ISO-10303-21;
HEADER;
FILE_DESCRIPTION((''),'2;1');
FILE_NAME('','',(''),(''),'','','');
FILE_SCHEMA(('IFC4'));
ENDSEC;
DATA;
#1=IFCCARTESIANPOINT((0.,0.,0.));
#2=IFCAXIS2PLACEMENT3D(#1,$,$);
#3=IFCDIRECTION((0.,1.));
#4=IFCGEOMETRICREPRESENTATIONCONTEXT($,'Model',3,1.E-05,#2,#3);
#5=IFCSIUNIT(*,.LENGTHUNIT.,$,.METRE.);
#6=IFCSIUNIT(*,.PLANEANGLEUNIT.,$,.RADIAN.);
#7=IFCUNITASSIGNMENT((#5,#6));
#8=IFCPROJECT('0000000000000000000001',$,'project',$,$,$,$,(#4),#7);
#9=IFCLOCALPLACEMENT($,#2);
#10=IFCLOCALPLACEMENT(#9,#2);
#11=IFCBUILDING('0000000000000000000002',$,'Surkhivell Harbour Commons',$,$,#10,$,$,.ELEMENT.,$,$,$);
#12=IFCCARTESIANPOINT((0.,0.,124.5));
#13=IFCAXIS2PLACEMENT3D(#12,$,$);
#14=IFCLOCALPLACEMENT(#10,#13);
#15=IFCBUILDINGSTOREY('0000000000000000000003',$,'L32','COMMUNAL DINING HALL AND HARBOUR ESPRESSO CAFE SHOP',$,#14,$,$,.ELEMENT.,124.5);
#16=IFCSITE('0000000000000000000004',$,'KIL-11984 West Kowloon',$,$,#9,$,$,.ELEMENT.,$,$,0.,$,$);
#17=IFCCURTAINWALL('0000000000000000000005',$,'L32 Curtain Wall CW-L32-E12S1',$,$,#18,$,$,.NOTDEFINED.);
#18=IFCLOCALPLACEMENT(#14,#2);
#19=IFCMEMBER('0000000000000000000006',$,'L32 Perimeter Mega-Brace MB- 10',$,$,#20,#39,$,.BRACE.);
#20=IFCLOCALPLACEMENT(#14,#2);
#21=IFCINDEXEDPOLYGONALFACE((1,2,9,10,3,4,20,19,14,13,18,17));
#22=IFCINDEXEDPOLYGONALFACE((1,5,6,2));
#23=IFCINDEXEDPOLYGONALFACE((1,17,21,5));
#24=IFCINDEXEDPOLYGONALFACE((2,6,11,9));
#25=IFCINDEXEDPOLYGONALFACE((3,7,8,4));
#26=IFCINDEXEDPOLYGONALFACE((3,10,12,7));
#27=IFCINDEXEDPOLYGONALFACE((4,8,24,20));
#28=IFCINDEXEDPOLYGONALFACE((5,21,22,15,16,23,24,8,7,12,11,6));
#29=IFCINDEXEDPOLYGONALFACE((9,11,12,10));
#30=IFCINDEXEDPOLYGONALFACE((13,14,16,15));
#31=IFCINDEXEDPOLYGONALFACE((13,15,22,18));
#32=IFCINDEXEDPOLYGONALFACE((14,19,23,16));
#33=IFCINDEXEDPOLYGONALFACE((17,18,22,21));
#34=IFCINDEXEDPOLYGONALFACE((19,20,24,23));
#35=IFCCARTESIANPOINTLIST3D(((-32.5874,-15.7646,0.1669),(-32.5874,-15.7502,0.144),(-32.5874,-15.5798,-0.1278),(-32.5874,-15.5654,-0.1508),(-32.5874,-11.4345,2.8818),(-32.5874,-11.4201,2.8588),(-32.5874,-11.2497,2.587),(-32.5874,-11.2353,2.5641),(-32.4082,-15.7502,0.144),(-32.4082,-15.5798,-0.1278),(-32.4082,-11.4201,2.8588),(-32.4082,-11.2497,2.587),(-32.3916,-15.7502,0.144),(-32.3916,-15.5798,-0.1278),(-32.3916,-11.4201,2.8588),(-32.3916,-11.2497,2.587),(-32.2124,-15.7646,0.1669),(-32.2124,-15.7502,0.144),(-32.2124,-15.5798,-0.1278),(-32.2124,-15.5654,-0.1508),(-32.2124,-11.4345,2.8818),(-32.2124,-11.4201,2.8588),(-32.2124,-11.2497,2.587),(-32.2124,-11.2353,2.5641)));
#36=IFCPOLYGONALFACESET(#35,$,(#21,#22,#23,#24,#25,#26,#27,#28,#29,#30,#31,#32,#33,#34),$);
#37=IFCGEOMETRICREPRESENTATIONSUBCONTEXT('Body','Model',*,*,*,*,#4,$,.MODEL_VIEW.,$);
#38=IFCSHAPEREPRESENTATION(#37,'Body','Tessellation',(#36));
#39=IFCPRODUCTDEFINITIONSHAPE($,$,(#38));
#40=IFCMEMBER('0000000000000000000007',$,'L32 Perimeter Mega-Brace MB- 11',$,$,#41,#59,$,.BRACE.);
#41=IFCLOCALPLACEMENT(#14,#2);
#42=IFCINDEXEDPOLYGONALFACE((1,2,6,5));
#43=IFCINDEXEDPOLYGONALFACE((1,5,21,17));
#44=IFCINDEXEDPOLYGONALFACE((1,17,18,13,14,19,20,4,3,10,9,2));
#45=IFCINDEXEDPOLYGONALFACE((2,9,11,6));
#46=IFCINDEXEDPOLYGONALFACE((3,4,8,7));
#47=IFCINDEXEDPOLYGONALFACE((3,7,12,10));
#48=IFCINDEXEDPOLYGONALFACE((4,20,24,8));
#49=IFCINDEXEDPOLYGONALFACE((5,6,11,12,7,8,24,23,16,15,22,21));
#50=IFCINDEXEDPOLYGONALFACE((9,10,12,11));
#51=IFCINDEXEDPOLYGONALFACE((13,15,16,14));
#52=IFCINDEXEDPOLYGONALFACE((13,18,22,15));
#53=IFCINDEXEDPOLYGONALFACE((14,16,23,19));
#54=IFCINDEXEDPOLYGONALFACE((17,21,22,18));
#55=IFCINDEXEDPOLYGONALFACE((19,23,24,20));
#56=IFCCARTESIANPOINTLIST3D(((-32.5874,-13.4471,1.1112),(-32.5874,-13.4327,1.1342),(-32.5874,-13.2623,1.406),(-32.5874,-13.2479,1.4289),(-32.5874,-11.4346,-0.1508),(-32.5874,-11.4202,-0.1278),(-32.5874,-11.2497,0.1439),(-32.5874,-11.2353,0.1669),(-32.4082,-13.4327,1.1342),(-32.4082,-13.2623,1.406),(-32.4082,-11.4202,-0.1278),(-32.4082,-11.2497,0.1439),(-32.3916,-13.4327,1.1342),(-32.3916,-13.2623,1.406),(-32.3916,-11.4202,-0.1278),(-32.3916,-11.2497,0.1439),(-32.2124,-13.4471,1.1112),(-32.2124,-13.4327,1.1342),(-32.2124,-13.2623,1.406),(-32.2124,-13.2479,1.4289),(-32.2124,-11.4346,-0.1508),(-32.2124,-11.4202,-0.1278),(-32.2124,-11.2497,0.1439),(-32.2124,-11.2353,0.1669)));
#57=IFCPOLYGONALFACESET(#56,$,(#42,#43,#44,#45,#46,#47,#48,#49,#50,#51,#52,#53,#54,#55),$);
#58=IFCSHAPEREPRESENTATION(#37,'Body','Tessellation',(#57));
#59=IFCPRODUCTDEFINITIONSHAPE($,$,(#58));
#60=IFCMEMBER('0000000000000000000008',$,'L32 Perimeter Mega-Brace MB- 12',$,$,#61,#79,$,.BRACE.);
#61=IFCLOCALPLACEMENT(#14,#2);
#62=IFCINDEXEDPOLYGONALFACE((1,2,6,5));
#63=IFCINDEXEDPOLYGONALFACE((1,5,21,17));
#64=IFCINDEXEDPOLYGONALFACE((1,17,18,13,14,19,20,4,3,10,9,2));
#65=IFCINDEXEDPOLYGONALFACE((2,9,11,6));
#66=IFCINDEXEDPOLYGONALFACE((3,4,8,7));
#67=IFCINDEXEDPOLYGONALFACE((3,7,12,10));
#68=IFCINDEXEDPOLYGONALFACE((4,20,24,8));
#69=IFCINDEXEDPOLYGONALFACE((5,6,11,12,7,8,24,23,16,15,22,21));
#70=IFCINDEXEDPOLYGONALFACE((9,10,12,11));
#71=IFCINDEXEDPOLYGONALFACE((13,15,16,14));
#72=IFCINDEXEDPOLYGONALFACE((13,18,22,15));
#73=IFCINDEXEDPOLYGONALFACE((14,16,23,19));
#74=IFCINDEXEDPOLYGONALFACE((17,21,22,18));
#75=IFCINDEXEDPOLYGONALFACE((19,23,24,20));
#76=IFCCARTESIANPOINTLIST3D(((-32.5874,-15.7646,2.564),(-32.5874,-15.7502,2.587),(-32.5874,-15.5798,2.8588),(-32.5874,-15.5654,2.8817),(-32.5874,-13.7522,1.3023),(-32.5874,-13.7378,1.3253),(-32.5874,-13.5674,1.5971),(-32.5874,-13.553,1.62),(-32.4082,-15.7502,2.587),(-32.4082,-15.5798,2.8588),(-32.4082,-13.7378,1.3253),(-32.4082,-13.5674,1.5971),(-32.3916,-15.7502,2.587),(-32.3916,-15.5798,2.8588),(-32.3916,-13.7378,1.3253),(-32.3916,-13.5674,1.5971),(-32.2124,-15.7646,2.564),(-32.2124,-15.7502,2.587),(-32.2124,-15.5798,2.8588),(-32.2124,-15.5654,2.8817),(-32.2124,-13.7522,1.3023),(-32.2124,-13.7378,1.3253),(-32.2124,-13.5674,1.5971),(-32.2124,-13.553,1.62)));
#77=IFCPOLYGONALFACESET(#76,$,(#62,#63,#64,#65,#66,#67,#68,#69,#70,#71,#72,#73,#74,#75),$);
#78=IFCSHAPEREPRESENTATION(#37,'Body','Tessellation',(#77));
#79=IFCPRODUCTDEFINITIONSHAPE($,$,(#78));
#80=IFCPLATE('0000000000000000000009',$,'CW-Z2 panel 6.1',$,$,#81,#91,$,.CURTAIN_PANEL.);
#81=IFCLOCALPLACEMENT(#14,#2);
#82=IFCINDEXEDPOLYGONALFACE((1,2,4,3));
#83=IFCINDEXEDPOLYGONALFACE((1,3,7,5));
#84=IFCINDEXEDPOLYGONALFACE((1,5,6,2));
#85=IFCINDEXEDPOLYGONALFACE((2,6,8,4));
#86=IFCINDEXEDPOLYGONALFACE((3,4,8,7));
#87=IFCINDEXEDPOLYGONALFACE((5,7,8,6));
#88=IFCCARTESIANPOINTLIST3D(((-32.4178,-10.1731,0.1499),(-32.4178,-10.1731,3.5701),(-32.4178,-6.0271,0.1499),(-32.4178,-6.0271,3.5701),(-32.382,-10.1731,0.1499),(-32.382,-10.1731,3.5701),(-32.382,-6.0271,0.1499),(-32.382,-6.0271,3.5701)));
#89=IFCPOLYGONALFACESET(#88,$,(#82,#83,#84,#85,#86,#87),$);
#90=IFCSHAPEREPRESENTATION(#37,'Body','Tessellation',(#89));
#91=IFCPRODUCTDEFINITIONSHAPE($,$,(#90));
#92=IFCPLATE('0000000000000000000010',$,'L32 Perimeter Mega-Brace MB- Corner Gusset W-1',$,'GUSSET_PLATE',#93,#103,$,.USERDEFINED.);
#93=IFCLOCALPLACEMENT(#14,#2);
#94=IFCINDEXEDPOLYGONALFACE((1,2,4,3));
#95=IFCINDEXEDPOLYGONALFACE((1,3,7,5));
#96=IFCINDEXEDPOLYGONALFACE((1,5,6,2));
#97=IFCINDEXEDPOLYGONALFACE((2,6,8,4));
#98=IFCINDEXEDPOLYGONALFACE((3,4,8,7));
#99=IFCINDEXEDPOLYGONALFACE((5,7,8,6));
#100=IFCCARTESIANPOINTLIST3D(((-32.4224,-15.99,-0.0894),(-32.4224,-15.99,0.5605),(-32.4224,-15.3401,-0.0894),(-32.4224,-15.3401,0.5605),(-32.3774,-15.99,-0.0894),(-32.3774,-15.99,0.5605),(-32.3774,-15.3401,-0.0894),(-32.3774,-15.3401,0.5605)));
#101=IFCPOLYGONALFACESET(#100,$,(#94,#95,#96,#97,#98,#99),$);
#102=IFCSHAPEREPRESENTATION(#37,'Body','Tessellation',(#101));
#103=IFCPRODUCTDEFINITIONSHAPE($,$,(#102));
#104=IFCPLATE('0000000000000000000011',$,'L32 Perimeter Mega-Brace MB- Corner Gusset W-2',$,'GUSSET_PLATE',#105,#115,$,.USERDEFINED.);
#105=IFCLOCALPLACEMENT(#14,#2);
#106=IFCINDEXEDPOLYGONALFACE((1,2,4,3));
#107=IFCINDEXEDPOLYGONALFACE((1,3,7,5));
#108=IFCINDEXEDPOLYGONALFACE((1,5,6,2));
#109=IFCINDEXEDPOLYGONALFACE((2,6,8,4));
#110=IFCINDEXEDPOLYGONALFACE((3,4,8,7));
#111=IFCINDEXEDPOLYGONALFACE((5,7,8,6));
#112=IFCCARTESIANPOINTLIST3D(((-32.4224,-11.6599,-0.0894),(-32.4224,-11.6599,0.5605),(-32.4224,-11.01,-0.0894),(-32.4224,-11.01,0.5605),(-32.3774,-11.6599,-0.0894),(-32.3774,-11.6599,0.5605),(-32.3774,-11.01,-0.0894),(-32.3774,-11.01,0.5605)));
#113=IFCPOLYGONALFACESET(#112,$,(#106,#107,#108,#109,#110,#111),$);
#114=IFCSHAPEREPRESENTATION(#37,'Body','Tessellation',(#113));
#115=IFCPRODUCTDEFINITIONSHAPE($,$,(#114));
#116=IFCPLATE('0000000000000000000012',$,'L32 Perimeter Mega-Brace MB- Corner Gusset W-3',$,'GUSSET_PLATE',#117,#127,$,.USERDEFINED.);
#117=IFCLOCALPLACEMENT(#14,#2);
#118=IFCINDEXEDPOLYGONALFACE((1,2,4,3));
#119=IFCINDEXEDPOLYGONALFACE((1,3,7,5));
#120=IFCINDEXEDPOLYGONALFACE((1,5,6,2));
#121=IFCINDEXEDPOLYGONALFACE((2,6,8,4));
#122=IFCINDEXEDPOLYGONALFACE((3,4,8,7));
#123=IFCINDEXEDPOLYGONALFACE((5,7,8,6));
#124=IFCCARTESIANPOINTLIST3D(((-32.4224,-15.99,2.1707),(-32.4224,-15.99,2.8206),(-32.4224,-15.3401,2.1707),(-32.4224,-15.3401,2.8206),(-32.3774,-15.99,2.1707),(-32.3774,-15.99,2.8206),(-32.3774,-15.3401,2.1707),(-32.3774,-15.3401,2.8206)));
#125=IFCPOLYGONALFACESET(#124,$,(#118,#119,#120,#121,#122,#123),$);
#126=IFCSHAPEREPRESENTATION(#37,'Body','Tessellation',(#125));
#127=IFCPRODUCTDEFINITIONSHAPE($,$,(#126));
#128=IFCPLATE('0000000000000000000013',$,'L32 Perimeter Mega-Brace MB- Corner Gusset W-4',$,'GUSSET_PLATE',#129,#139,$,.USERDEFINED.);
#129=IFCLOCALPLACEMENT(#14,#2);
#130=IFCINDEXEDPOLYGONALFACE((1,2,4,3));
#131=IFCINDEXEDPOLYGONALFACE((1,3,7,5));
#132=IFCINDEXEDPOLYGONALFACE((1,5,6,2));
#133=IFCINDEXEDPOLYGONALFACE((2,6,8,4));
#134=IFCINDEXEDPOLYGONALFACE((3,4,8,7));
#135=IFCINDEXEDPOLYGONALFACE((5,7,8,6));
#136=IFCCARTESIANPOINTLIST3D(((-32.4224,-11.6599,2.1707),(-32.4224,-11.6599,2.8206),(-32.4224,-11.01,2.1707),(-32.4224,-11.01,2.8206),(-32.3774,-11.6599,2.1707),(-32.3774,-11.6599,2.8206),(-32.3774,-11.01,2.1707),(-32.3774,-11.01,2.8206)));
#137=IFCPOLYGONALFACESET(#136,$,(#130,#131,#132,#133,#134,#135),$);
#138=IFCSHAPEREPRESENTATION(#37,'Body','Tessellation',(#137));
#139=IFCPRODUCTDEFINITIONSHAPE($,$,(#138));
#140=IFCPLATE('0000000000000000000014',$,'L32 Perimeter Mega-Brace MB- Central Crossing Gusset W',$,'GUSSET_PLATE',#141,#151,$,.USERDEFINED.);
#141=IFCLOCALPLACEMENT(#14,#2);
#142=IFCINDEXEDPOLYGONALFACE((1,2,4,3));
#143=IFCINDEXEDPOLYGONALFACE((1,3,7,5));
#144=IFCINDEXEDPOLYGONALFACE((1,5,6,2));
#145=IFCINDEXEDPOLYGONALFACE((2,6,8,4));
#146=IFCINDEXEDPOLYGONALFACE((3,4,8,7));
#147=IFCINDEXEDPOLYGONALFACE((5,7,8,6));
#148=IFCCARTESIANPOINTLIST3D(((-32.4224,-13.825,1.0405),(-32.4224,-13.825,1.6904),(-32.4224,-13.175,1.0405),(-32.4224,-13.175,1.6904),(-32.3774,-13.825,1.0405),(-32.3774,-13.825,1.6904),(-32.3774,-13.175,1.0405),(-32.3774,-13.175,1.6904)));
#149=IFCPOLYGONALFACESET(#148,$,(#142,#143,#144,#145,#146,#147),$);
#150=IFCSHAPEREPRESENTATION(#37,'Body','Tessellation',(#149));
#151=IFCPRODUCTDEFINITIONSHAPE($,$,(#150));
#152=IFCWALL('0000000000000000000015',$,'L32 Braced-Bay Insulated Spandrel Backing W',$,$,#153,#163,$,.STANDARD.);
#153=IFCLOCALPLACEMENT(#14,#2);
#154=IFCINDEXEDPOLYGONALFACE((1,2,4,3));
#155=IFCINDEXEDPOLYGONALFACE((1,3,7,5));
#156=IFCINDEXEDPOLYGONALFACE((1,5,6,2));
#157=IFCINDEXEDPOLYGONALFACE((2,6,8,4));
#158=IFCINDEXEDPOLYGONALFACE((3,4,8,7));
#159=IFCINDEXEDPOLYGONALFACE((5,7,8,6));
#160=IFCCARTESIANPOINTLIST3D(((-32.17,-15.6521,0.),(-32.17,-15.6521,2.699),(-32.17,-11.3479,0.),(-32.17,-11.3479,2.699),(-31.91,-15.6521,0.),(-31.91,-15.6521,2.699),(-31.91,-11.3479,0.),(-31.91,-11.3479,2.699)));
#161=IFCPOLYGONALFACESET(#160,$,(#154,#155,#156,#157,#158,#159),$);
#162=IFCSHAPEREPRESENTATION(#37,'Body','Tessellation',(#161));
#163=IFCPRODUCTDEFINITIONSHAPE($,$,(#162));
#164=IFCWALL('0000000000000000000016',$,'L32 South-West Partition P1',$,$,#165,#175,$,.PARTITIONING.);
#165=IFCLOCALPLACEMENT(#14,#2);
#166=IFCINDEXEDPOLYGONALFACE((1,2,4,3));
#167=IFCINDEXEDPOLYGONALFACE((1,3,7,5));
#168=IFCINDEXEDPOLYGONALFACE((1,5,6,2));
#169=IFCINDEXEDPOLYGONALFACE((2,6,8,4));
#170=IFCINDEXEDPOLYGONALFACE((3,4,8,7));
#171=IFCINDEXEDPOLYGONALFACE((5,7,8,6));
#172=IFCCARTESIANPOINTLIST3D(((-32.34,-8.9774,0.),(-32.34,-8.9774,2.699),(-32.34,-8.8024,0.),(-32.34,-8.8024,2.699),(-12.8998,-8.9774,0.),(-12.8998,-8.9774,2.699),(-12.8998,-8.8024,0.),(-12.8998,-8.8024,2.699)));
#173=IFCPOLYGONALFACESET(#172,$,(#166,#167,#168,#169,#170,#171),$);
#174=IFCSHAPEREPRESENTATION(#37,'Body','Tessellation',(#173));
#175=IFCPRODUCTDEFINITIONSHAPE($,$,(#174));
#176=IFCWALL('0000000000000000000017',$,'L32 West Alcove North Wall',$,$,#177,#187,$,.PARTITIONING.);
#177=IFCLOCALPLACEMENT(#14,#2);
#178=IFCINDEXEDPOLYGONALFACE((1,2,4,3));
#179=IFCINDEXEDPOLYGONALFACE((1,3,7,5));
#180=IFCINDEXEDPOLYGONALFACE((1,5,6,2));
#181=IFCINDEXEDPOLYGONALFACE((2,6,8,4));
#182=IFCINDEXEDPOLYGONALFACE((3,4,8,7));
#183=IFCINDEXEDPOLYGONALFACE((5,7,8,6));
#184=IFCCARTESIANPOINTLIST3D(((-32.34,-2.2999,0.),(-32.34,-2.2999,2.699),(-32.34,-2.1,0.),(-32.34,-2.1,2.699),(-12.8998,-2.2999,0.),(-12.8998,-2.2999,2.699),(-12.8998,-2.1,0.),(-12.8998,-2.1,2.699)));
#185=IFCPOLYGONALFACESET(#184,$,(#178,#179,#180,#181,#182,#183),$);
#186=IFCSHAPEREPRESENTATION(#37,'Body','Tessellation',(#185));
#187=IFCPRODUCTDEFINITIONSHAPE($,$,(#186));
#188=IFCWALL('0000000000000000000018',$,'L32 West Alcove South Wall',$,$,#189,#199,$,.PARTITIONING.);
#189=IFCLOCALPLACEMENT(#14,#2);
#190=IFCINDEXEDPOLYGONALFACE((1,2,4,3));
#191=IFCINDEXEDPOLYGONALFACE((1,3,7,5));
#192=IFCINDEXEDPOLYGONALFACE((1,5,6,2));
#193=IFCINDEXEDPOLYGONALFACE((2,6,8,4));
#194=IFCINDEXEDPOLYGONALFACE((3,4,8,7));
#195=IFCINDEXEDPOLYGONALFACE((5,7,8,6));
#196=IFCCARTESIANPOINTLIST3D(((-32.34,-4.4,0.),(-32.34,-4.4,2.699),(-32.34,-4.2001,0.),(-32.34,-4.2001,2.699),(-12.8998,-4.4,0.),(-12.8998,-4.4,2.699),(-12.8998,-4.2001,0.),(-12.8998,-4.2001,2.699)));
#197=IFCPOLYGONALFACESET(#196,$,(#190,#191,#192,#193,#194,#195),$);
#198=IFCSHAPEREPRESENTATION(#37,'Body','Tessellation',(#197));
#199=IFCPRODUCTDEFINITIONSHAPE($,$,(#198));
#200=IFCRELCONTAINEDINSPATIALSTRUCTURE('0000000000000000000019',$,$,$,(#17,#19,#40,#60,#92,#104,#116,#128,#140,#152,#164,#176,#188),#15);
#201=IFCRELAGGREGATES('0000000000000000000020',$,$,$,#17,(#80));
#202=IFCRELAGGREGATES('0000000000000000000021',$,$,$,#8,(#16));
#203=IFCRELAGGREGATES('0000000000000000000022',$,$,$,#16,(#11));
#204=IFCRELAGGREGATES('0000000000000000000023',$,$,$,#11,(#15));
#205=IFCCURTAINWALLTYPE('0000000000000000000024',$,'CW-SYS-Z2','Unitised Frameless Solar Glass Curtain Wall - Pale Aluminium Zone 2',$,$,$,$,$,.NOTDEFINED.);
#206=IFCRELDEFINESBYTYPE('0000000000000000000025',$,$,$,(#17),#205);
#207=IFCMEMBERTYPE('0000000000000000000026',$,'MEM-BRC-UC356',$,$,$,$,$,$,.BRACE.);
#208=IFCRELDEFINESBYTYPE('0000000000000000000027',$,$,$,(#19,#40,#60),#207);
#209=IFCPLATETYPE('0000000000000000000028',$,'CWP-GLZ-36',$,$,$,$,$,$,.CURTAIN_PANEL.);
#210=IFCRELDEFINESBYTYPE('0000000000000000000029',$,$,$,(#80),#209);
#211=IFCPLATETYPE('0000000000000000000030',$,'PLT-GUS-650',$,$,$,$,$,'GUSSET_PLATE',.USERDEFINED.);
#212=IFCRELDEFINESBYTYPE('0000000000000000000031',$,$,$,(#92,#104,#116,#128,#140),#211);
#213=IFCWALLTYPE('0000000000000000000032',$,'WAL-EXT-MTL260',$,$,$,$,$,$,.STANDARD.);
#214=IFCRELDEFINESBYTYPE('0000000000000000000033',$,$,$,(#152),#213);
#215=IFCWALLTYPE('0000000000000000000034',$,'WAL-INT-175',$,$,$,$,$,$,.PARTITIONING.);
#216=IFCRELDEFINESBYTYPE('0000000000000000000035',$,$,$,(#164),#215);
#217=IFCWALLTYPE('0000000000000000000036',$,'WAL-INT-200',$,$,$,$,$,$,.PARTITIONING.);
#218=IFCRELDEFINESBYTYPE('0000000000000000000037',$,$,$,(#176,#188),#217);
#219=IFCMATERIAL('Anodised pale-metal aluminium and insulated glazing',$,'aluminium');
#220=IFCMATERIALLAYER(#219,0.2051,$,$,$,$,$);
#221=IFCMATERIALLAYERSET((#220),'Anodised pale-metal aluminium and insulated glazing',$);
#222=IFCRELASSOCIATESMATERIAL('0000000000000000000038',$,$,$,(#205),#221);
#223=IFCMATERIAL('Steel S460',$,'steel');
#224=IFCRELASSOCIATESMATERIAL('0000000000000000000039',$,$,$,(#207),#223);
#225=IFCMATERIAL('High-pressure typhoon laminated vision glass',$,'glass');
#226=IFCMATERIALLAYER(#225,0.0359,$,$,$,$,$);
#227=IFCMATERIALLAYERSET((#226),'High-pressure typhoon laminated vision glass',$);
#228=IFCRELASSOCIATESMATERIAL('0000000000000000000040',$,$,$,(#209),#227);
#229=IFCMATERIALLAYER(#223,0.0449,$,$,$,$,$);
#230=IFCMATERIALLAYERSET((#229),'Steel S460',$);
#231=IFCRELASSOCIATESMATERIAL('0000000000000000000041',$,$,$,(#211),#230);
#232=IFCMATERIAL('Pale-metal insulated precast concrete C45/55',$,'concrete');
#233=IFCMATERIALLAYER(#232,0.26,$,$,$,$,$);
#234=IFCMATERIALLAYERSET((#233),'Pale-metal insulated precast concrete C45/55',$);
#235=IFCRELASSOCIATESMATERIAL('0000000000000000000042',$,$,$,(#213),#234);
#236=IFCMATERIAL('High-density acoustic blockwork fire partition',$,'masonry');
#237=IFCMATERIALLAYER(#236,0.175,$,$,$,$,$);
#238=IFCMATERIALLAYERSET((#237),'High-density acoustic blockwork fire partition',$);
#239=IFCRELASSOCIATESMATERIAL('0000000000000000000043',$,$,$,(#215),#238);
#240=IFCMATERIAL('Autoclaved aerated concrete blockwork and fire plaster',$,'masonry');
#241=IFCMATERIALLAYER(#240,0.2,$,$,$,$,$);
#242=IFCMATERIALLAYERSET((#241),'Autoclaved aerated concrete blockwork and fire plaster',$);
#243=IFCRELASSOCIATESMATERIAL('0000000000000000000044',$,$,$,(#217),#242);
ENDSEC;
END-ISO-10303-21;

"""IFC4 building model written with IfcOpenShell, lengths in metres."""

from ifc_helpers import new_model, si_unit, direction, frame, frame_2d, origin, origin_2d, place, context, subcontext, project, spatial, rectangle, i_section, extrude, material, layer, layer_set, material_profile, profile_set, type_object, element, aggregate, save


model = new_model("IFC4")

# Units and contexts
model_context = context("Model", 3, precision=1e-05, world=origin(), true_north=direction((0.0, 1.0)))
body_context = subcontext(model_context, "Body", "Model", "MODEL_VIEW")
ifc_project = project(units=[si_unit("LENGTHUNIT", "METRE"), si_unit("PLANEANGLEUNIT", "RADIAN")], contexts=[model_context])

# Site, building, storey
site_placement = place(None, origin())
site = spatial("IfcSite", under=ifc_project, at=site_placement, Name="KIL-11984 West Kowloon", CompositionType="ELEMENT", RefElevation=0.0)
building_placement = place(site_placement, origin())
building = spatial("IfcBuilding", under=site, at=building_placement, Name="Surkhivell Harbour Commons", CompositionType="ELEMENT")
storey_placement = place(building_placement, frame((0.0, 0.0, 124.5)))
storey = spatial("IfcBuildingStorey", under=building, at=storey_placement, Name="L32", Description="COMMUNAL DINING HALL AND HARBOUR ESPRESSO CAFE SHOP", CompositionType="ELEMENT", Elevation=124.5)

# Shared definitions
ifc_material_1 = material(Name="Steel S460", Category="steel")

# Curtain wall
ifc_material_2 = material(Name="Anodised pale-metal aluminium and insulated glazing", Category="aluminium")
ifc_layer_1 = layer(ifc_material_2, 0.2051)
ifc_layer_set_1 = layer_set([ifc_layer_1], Name="Anodised pale-metal aluminium and insulated glazing")
curtain_wall_type = type_object("IfcCurtainWallType", Name="CW-SYS-Z2", Description="Unitised Frameless Solar Glass Curtain Wall - Pale Aluminium Zone 2", PredefinedType="NOTDEFINED", material=ifc_layer_set_1)
curtain_wall_placement = place(storey_placement, origin())
curtain_wall = element("IfcCurtainWall", 1, at=curtain_wall_placement, inside=storey, type_object=curtain_wall_type, Name="L32 Curtain Wall CW-L32-E12S1", PredefinedType="NOTDEFINED")

# Members
ifc_material_profile_1 = material_profile(ifc_material_1, i_section(OverallWidth=0.375, OverallDepth=0.375, WebThickness=0.0166, FlangeThickness=0.0271, at=origin_2d()), Name="UC356x368x202")
ifc_profile_set_1 = profile_set([ifc_material_profile_1], Name="Steel S460")
member_type_1 = type_object("IfcMemberType", Name="MEM-BRC-UC356", PredefinedType="BRACE", material=ifc_profile_set_1)
member_1_placement = place(storey_placement, frame((-32.3999, -15.665, 0.0081), z_axis=(0.0, 0.847246, 0.531201), x_axis=(-1.0, 0.0, 0.0)))
element("IfcMember", 2, at=member_1_placement, inside=storey, type_object=member_type_1, Name="L32 Perimeter Mega-Brace MB- 10", PredefinedType="BRACE", context=body_context, shape_type="SweptSolid", body=[
    extrude(i_section(OverallWidth=0.375, OverallDepth=0.375, WebThickness=0.0166, FlangeThickness=0.0271, at=origin_2d()), origin(), (0.0, 0.0, 1.0), 5.1108),
])
member_2_placement = place(storey_placement, frame((-32.3999, -11.335, 0.0081), z_axis=(0.0, -0.847206, 0.531264), x_axis=(1.0, 0.0, 0.0)))
element("IfcMember", 3, at=member_2_placement, inside=storey, type_object=member_type_1, Name="L32 Perimeter Mega-Brace MB- 11", PredefinedType="BRACE", context=body_context, shape_type="SweptSolid", body=[
    extrude(i_section(OverallWidth=0.375, OverallDepth=0.375, WebThickness=0.0166, FlangeThickness=0.0271, at=origin_2d()), origin(), (0.0, 0.0, 1.0), 2.3755),
])
member_3_placement = place(storey_placement, frame((-32.3999, -13.6526, 1.4612), z_axis=(0.0, -0.847253, 0.53119), x_axis=(1.0, 0.0, 0.0)))
element("IfcMember", 4, at=member_3_placement, inside=storey, type_object=member_type_1, Name="L32 Perimeter Mega-Brace MB- 12", PredefinedType="BRACE", context=body_context, shape_type="SweptSolid", body=[
    extrude(i_section(OverallWidth=0.375, OverallDepth=0.375, WebThickness=0.0166, FlangeThickness=0.0271, at=origin_2d()), origin(), (0.0, 0.0, 1.0), 2.3752),
])

# Plate
ifc_material_3 = material(Name="High-pressure typhoon laminated vision glass", Category="glass")
ifc_layer_2 = layer(ifc_material_3, 0.0359)
ifc_layer_set_2 = layer_set([ifc_layer_2], Name="High-pressure typhoon laminated vision glass")
plate_type_1 = type_object("IfcPlateType", Name="CWP-GLZ-36", PredefinedType="CURTAIN_PANEL", material=ifc_layer_set_2)
plate_placement = place(storey_placement, frame((-32.3999, -6.0271, 0.1499), z_axis=(0.0, 0.0, 1.0), x_axis=(0.0, -1.0, 0.0)))
plate = element("IfcPlate", 5, at=plate_placement, type_object=plate_type_1, Name="CW-Z2 panel 6.1", PredefinedType="CURTAIN_PANEL", context=body_context, shape_type="SweptSolid", body=[
    extrude(rectangle(XDim=4.146, YDim=0.0359, at=frame_2d((2.073, 0.0))), origin(), (0.0, 0.0, 1.0), 3.4202),
])
aggregate(curtain_wall, [plate])

# Plates
ifc_layer_3 = layer(ifc_material_1, 0.0449)
ifc_layer_set_3 = layer_set([ifc_layer_3], Name="Steel S460")
plate_type_2 = type_object("IfcPlateType", Name="PLT-GUS-650", ElementType="GUSSET_PLATE", PredefinedType="USERDEFINED", material=ifc_layer_set_3)
for number, where, z_axis, x_axis, name in (
    (6, (-32.3999, -15.665, -0.0894), (0.0, 0.0, 1.0), (0.0, 1.0, 0.0), "L32 Perimeter Mega-Brace MB- Corner Gusset W-1"),
    (7, (-32.3999, -11.335, -0.0894), (0.0, 0.0, 1.0), (0.0, 1.0, 0.0), "L32 Perimeter Mega-Brace MB- Corner Gusset W-2"),
    (8, (-32.3999, -15.665, 2.1707), (0.0, 0.0, 1.0), (0.0, 1.0, 0.0), "L32 Perimeter Mega-Brace MB- Corner Gusset W-3"),
    (9, (-32.3999, -11.335, 2.1707), (0.0, 0.0, 1.0), (0.0, 1.0, 0.0), "L32 Perimeter Mega-Brace MB- Corner Gusset W-4"),
    (10, (-32.3999, -13.5, 1.0405), (0.0, 0.0, 1.0), (0.0, 1.0, 0.0), "L32 Perimeter Mega-Brace MB- Central Crossing Gusset W"),
):
    element("IfcPlate", number, at=place(storey_placement, frame(where, z_axis=z_axis, x_axis=x_axis)), inside=storey, type_object=plate_type_2, Name=name, ObjectType="GUSSET_PLATE", PredefinedType="USERDEFINED", context=body_context, shape_type="SweptSolid", body=[
        extrude(rectangle(XDim=0.6499, YDim=0.0449, at=origin_2d()), origin(), (0.0, 0.0, 1.0), 0.6499),
    ])

# Walls
ifc_material_4 = material(Name="Pale-metal insulated precast concrete C45/55", Category="concrete")
ifc_layer_4 = layer(ifc_material_4, 0.26)
ifc_layer_set_4 = layer_set([ifc_layer_4], Name="Pale-metal insulated precast concrete C45/55")
wall_type_1 = type_object("IfcWallType", Name="WAL-EXT-MTL260", PredefinedType="STANDARD", material=ifc_layer_set_4)
wall_1_placement = place(storey_placement, frame((-32.04, -11.3479, 0.0), z_axis=(0.0, 0.0, 1.0), x_axis=(0.0, -1.0, 0.0)))
element("IfcWall", 11, at=wall_1_placement, inside=storey, type_object=wall_type_1, Name="L32 Braced-Bay Insulated Spandrel Backing W", PredefinedType="STANDARD", context=body_context, shape_type="SweptSolid", body=[
    extrude(rectangle(XDim=4.3042, YDim=0.26, at=frame_2d((2.1521, 0.0))), origin(), (0.0, 0.0, 1.0), 2.699),
])
ifc_material_5 = material(Name="High-density acoustic blockwork fire partition", Category="masonry")
ifc_layer_5 = layer(ifc_material_5, 0.175)
ifc_layer_set_5 = layer_set([ifc_layer_5], Name="High-density acoustic blockwork fire partition")
wall_type_2 = type_object("IfcWallType", Name="WAL-INT-175", PredefinedType="PARTITIONING", material=ifc_layer_set_5)
wall_2_placement = place(storey_placement, frame((-32.3401, -8.8899, 0.0), z_axis=(0.0, 0.0, 1.0), x_axis=(1.0, 0.0, 0.0)))
element("IfcWall", 12, at=wall_2_placement, inside=storey, type_object=wall_type_2, Name="L32 South-West Partition P1", PredefinedType="PARTITIONING", context=body_context, shape_type="SweptSolid", body=[
    extrude(rectangle(XDim=19.4402, YDim=0.175, at=frame_2d((9.7202, 0.0))), origin(), (0.0, 0.0, 1.0), 2.699),
])
ifc_material_6 = material(Name="Autoclaved aerated concrete blockwork and fire plaster", Category="masonry")
ifc_layer_6 = layer(ifc_material_6, 0.2)
ifc_layer_set_6 = layer_set([ifc_layer_6], Name="Autoclaved aerated concrete blockwork and fire plaster")
wall_type_3 = type_object("IfcWallType", Name="WAL-INT-200", PredefinedType="PARTITIONING", material=ifc_layer_set_6)
for number, where, z_axis, x_axis, name in (
    (13, (-32.3401, -2.2, 0.0), (0.0, 0.0, 1.0), (1.0, 0.0, 0.0), "L32 West Alcove North Wall"),
    (14, (-32.3401, -4.3, 0.0), (0.0, 0.0, 1.0), (1.0, 0.0, 0.0), "L32 West Alcove South Wall"),
):
    element("IfcWall", number, at=place(storey_placement, frame(where, z_axis=z_axis, x_axis=x_axis)), inside=storey, type_object=wall_type_3, Name=name, PredefinedType="PARTITIONING", context=body_context, shape_type="SweptSolid", body=[
        extrude(rectangle(XDim=19.4402, YDim=0.2, at=frame_2d((9.7202, 0.0))), origin(), (0.0, 0.0, 1.0), 2.699),
    ])

save(model, "model.ifc")
